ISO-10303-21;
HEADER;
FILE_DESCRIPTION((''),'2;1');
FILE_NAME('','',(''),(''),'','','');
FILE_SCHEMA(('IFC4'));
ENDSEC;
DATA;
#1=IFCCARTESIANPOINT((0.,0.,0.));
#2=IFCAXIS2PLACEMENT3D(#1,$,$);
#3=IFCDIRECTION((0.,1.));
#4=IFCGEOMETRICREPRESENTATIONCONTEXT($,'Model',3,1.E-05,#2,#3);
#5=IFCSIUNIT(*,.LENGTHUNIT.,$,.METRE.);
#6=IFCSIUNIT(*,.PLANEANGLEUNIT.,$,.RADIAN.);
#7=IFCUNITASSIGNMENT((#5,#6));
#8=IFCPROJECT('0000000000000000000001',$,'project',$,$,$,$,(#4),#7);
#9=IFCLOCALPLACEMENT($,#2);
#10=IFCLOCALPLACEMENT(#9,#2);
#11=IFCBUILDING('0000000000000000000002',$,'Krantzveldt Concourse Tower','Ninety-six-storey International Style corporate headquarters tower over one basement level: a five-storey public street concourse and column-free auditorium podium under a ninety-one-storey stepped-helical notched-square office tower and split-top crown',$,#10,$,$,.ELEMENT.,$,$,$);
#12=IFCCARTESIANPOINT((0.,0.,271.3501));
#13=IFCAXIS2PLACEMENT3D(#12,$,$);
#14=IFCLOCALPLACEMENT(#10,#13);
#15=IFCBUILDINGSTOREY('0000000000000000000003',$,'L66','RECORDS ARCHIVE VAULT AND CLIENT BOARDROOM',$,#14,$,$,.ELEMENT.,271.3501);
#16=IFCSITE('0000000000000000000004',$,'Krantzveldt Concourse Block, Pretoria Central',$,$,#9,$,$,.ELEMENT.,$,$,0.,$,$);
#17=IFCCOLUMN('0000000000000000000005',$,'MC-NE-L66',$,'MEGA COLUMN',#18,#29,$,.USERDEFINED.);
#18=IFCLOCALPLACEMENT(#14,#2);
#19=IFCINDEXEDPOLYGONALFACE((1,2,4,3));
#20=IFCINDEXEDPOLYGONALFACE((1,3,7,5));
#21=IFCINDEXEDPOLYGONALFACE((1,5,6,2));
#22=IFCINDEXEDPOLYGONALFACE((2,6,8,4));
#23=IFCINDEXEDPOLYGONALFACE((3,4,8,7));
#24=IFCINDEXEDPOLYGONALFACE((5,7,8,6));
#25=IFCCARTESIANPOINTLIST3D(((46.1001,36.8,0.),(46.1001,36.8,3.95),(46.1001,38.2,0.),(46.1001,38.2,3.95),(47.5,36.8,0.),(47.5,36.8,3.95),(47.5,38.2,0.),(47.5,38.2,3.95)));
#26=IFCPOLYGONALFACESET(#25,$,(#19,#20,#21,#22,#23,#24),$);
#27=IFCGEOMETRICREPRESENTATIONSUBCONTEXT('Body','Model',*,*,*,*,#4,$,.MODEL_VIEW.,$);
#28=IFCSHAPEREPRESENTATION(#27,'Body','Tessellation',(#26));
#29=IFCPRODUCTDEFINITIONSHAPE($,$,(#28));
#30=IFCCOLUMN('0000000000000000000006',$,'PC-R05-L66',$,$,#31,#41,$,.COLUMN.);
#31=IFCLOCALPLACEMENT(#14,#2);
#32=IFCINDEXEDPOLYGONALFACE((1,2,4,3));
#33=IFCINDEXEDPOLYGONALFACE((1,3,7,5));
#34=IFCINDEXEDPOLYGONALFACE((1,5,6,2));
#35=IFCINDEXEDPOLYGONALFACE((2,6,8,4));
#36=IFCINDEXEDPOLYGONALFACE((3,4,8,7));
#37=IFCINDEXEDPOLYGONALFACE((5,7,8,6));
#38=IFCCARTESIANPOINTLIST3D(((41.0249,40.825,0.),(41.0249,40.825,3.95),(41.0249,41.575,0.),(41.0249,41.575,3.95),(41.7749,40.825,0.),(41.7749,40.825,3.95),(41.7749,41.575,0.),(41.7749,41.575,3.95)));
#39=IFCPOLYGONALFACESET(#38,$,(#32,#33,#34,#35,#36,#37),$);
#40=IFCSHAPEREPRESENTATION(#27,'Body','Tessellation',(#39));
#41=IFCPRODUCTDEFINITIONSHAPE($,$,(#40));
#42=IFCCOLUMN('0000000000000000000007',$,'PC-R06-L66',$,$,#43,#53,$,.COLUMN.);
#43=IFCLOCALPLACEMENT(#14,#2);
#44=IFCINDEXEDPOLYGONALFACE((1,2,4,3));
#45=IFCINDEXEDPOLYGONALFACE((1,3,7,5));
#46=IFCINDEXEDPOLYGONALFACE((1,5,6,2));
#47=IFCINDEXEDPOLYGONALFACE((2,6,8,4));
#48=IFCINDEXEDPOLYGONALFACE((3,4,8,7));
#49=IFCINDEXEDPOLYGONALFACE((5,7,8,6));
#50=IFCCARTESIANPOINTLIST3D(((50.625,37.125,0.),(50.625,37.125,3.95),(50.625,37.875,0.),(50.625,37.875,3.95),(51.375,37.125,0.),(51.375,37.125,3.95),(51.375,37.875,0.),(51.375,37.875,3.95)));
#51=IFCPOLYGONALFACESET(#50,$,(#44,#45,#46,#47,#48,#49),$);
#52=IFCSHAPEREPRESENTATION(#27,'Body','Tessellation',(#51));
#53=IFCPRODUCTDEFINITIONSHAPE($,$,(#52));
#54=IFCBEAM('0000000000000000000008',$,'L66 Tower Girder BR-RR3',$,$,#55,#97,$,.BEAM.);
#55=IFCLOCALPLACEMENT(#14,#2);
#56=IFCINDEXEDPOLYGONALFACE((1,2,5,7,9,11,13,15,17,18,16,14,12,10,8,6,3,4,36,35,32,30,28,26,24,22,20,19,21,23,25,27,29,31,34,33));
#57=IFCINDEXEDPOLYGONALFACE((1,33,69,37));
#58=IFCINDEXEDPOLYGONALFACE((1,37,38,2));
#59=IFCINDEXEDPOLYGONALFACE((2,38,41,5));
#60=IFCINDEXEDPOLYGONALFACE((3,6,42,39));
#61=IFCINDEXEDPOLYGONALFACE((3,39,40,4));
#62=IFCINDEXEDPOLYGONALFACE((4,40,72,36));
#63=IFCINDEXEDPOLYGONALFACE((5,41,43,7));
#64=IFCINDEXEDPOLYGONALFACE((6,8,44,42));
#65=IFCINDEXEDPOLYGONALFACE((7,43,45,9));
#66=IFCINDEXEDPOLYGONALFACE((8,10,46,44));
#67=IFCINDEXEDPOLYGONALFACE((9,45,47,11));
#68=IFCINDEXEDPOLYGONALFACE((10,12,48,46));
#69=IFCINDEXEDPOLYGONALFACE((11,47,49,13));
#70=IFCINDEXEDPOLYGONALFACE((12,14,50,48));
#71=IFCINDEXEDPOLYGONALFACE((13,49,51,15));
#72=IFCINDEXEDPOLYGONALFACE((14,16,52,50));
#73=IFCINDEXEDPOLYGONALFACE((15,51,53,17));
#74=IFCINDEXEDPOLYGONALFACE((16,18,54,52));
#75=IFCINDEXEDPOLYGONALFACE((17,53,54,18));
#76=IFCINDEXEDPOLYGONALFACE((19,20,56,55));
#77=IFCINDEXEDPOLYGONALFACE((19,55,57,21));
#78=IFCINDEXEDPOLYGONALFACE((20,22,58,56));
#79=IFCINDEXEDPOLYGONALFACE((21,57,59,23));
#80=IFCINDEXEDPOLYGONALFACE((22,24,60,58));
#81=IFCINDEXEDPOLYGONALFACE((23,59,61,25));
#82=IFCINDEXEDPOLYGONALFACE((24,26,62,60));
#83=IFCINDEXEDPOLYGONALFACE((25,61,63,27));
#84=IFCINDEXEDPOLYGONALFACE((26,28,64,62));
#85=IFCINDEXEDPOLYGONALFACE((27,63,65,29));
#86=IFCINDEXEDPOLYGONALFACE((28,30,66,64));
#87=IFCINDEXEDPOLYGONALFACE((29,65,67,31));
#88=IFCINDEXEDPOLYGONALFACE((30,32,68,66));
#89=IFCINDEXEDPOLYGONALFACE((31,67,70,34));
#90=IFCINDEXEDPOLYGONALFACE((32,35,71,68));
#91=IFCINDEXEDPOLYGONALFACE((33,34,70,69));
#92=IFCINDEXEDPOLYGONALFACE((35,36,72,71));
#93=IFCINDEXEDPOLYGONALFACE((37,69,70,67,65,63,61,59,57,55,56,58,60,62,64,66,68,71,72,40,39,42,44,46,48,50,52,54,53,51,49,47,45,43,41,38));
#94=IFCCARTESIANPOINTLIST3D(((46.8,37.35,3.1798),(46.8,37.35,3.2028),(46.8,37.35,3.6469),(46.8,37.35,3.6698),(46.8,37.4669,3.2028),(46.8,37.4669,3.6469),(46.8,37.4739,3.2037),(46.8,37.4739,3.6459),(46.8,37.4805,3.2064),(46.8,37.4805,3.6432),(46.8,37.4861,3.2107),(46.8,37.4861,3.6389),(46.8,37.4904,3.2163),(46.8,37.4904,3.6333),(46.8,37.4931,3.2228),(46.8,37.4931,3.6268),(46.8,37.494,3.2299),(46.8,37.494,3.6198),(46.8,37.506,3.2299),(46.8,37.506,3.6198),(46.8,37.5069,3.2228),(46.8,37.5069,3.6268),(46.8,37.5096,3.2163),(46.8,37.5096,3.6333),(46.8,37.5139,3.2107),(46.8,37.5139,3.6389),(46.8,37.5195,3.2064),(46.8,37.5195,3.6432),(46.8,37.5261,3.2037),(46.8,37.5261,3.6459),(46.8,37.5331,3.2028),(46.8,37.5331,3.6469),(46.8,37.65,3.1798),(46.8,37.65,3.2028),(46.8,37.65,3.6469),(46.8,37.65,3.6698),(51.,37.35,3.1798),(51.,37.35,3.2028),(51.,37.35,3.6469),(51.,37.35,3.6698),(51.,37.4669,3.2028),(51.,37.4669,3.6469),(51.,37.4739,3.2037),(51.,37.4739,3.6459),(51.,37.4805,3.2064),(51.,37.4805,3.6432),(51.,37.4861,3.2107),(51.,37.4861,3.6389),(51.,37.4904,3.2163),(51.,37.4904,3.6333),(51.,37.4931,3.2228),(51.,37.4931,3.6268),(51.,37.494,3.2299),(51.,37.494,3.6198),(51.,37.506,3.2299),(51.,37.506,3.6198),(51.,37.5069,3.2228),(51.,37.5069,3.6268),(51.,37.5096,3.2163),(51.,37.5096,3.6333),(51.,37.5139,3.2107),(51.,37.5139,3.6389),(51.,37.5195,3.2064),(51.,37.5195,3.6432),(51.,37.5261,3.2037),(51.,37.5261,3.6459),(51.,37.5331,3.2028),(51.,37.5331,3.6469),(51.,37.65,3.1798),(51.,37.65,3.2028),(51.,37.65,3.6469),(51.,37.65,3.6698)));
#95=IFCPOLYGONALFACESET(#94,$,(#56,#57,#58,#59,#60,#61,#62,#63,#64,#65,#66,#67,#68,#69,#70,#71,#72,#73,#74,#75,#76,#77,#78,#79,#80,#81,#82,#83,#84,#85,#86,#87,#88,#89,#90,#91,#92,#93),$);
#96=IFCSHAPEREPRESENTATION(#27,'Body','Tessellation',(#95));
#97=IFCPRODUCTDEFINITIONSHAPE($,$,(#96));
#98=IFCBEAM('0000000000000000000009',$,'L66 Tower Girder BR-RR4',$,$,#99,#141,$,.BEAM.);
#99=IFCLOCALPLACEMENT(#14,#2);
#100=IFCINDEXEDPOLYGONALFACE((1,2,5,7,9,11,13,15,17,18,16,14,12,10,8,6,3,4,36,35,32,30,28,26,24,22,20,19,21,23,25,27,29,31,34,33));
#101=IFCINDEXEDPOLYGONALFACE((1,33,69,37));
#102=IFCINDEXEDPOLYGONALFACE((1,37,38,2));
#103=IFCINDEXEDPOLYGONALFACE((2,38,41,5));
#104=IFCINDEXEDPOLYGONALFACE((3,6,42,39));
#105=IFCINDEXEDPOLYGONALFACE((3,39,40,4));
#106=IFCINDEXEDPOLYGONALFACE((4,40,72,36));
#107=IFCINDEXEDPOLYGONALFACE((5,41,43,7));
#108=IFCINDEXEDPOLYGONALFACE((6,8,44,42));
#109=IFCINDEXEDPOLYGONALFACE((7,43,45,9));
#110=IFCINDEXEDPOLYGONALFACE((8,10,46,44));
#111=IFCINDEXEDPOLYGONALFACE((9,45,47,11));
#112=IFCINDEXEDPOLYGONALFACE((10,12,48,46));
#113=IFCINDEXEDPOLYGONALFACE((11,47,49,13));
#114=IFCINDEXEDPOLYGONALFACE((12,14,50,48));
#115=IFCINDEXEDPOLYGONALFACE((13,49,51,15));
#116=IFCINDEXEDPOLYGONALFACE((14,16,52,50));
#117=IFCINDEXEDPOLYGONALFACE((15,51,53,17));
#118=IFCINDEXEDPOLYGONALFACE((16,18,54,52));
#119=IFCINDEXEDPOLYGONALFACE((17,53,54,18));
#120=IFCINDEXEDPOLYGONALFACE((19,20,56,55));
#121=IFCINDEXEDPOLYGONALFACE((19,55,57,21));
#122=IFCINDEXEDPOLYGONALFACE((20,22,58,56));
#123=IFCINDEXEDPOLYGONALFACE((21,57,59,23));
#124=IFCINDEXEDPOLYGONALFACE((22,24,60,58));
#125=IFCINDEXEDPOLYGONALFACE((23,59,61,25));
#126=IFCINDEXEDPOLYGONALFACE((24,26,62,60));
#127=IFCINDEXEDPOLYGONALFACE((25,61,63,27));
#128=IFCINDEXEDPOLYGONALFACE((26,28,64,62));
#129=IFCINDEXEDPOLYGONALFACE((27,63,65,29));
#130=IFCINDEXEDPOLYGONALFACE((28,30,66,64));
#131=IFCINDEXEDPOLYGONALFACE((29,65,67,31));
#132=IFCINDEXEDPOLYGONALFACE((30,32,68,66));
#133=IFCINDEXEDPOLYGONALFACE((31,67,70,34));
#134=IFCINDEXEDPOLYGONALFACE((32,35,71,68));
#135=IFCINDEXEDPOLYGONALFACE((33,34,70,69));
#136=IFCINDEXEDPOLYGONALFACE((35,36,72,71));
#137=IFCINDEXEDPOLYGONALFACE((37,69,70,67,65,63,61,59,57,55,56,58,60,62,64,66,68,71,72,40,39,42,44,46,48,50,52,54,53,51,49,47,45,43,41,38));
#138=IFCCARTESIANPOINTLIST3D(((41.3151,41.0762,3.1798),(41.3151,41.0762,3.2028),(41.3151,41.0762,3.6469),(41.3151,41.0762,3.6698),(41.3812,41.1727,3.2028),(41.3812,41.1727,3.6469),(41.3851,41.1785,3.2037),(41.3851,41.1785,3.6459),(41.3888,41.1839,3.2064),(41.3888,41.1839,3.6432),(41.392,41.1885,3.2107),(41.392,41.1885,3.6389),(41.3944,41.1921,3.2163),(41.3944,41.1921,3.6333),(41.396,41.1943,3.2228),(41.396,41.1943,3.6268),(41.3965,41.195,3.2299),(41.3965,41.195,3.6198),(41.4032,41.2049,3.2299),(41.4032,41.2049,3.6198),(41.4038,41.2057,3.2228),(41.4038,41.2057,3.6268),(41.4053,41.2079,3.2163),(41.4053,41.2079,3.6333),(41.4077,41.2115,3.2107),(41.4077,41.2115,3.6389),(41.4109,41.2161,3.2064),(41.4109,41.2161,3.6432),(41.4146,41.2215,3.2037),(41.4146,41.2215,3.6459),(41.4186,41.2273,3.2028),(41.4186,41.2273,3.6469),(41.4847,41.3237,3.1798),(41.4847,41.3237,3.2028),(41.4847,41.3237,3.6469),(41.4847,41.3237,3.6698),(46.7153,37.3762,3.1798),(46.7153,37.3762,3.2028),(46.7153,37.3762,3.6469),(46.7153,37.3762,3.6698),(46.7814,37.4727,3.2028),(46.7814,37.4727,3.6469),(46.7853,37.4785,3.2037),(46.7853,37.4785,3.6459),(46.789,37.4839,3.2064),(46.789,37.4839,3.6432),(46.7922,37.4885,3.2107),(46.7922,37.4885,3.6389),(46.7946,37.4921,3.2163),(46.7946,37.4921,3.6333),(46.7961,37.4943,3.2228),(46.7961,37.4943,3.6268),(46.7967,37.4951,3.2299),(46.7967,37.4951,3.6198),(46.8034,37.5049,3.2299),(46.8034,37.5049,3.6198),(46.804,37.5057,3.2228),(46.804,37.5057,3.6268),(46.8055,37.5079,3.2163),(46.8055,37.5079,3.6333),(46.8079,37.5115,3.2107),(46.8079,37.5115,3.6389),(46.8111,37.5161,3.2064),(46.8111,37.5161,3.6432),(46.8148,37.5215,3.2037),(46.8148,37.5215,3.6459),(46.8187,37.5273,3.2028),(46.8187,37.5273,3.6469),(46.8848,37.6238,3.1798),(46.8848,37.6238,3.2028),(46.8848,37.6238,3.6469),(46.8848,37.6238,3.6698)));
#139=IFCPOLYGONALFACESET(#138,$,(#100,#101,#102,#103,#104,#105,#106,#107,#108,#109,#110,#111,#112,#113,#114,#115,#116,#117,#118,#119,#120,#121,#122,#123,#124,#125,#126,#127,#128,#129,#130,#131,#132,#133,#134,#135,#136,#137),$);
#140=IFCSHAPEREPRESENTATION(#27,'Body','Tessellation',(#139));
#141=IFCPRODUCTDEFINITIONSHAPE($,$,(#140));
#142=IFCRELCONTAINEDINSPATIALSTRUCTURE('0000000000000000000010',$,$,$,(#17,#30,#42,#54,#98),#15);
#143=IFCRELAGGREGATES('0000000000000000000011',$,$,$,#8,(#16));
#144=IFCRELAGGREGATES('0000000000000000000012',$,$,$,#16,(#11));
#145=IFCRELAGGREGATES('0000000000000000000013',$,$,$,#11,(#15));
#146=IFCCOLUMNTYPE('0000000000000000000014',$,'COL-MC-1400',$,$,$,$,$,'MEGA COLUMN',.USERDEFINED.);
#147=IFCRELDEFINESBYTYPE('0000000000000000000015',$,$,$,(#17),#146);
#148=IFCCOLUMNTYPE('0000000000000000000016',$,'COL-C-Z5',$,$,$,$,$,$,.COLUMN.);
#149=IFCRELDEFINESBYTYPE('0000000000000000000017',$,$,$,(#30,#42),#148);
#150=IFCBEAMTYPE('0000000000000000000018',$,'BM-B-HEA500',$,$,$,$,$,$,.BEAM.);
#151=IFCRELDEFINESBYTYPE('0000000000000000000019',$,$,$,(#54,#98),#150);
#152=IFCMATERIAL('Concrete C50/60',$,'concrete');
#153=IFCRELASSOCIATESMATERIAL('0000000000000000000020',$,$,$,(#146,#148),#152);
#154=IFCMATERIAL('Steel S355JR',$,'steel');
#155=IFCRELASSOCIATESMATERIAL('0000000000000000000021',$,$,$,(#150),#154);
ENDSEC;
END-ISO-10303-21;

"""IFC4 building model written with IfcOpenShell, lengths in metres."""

from ifc_helpers import new_model, si_unit, direction, frame, origin, origin_2d, place, context, subcontext, project, spatial, rectangle, i_section, extrude, source, transform, mapped, material, material_profile, profile_set, type_object, type_shapes, element, save


model = new_model("IFC4")

# Units and contexts
model_context = context("Model", 3, precision=1e-05, world=origin(), true_north=direction((0.0, 1.0)))
body_context = subcontext(model_context, "Body", "Model", "MODEL_VIEW")
ifc_project = project(units=[si_unit("LENGTHUNIT", "METRE"), si_unit("PLANEANGLEUNIT", "RADIAN")], contexts=[model_context])

# Site, building, storey
site_placement = place(None, origin())
site = spatial("IfcSite", under=ifc_project, at=site_placement, Name="Krantzveldt Concourse Block, Pretoria Central", CompositionType="ELEMENT", RefElevation=0.0)
building_placement = place(site_placement, origin())
building = spatial("IfcBuilding", under=site, at=building_placement, Name="Krantzveldt Concourse Tower", Description="Ninety-six-storey International Style corporate headquarters tower over one basement level: a five-storey public street concourse and column-free auditorium podium under a ninety-one-storey stepped-helical notched-square office tower and split-top crown", CompositionType="ELEMENT")
storey_placement = place(building_placement, frame((0.0, 0.0, 271.3501)))
storey = spatial("IfcBuildingStorey", under=building, at=storey_placement, Name="L66", Description="RECORDS ARCHIVE VAULT AND CLIENT BOARDROOM", CompositionType="ELEMENT", Elevation=271.3501)

# Columns
ifc_material_1 = material(Name="Concrete C50/60", Category="concrete")
ifc_material_profile_1 = material_profile(ifc_material_1, rectangle(XDim=1.3999, YDim=1.3999, at=origin_2d()), Name="Concrete C50/60", Category="concrete")
ifc_profile_set_1 = profile_set([ifc_material_profile_1], Name="Concrete C50/60 - RC 1400x1400")
column_type_1 = type_object("IfcColumnType", Name="COL-MC-1400", ElementType="MEGA COLUMN", PredefinedType="USERDEFINED", material=ifc_profile_set_1)
shared_shape_1 = source(origin(), body_context, "Body", "SweptSolid", [
    extrude(rectangle(XDim=1.3999, YDim=1.3999, at=origin_2d()), origin(), (0.0, 0.0, 1.0), 3.95),
])
type_shapes(column_type_1, [shared_shape_1])
column_placement = place(storey_placement, frame((46.8, 37.5, 0.0), z_axis=(0.0, 0.0, 1.0), x_axis=(1.0, 0.0, 0.0)))
element("IfcColumn", 1, at=column_placement, inside=storey, type_object=column_type_1, Name="MC-NE-L66", ObjectType="MEGA COLUMN", PredefinedType="USERDEFINED", context=body_context, shape_type="MappedRepresentation", body=[
    mapped(shared_shape_1, transform((0.0, 0.0, 0.0), x_axis=(1.0, 0.0, 0.0), y_axis=(0.0, 1.0, 0.0), z_axis=(0.0, 0.0, 1.0), scale=1.0)),
])
ifc_material_profile_2 = material_profile(ifc_material_1, rectangle(XDim=0.75, YDim=0.75, at=origin_2d()), Name="Concrete C50/60", Category="concrete")
ifc_profile_set_2 = profile_set([ifc_material_profile_2], Name="Concrete C50/60 - RC 750x750")
column_type_2 = type_object("IfcColumnType", Name="COL-C-Z5", PredefinedType="COLUMN", material=ifc_profile_set_2)
shared_shape_2 = source(origin(), body_context, "Body", "SweptSolid", [
    extrude(rectangle(XDim=0.75, YDim=0.75, at=origin_2d()), origin(), (0.0, 0.0, 1.0), 3.95),
])
type_shapes(column_type_2, [shared_shape_2])
for number, where, z_axis, x_axis, name in (
    (2, (41.3999, 41.2, 0.0), (0.0, 0.0, 1.0), (1.0, 0.0, 0.0), "PC-R05-L66"),
    (3, (51.0, 37.5, 0.0), (0.0, 0.0, 1.0), (1.0, 0.0, 0.0), "PC-R06-L66"),
):
    element("IfcColumn", number, at=place(storey_placement, frame(where, z_axis=z_axis, x_axis=x_axis)), inside=storey, type_object=column_type_2, Name=name, PredefinedType="COLUMN", context=body_context, shape_type="MappedRepresentation", body=[
        mapped(shared_shape_2, transform((0.0, 0.0, 0.0), x_axis=(1.0, 0.0, 0.0), y_axis=(0.0, 1.0, 0.0), z_axis=(0.0, 0.0, 1.0), scale=1.0)),
    ])

# Beams
ifc_material_2 = material(Name="Steel S355JR", Category="steel")
ifc_material_profile_3 = material_profile(ifc_material_2, i_section(OverallWidth=0.3, OverallDepth=0.49, WebThickness=0.012, FlangeThickness=0.0229, FilletRadius=0.0271, at=origin_2d()), Name="Steel S355JR", Category="steel")
ifc_profile_set_3 = profile_set([ifc_material_profile_3], Name="Steel S355JR - HEA 500")
beam_type_1 = type_object("IfcBeamType", Name="BM-B-HEA500", PredefinedType="BEAM", material=ifc_profile_set_3)
shared_shape_3 = source(origin(), body_context, "Body", "SweptSolid", [
    extrude(i_section(OverallWidth=0.3, OverallDepth=0.49, WebThickness=0.012, FlangeThickness=0.0229, FilletRadius=0.0271, at=origin_2d()), origin(), (0.0, 0.0, 1.0), 4.2),
])
beam_1_placement = place(storey_placement, frame((46.8, 37.5, 3.4248), z_axis=(1.0, 0.0, 0.0), x_axis=(0.0, 1.0, 0.0)))
element("IfcBeam", 4, at=beam_1_placement, inside=storey, type_object=beam_type_1, Name="L66 Tower Girder BR-RR3", PredefinedType="BEAM", context=body_context, shape_type="MappedRepresentation", body=[
    mapped(shared_shape_3, transform((0.0, 0.0, 0.0), x_axis=(1.0, 0.0, 0.0), y_axis=(0.0, 1.0, 0.0), z_axis=(0.0, 0.0, 1.0), scale=1.0)),
])
shared_shape_4 = source(origin(), body_context, "Body", "SweptSolid", [
    extrude(i_section(OverallWidth=0.3, OverallDepth=0.49, WebThickness=0.012, FlangeThickness=0.0229, FilletRadius=0.0271, at=origin_2d()), origin(), (0.0, 0.0, 1.0), 6.5461),
])
type_shapes(beam_type_1, [shared_shape_3, shared_shape_4])
beam_2_placement = place(storey_placement, frame((46.8, 37.5, 3.4248), z_axis=(-0.824943, 0.565216, 0.0), x_axis=(-0.565216, -0.824943, 0.0)))
element("IfcBeam", 5, at=beam_2_placement, inside=storey, type_object=beam_type_1, Name="L66 Tower Girder BR-RR4", PredefinedType="BEAM", context=body_context, shape_type="MappedRepresentation", body=[
    mapped(shared_shape_4, transform((0.0, 0.0, 0.0), x_axis=(1.0, 0.0, 0.0), y_axis=(0.0, 1.0, 0.0), z_axis=(0.0, 0.0, 1.0), scale=1.0)),
])

save(model, "model.ifc")
